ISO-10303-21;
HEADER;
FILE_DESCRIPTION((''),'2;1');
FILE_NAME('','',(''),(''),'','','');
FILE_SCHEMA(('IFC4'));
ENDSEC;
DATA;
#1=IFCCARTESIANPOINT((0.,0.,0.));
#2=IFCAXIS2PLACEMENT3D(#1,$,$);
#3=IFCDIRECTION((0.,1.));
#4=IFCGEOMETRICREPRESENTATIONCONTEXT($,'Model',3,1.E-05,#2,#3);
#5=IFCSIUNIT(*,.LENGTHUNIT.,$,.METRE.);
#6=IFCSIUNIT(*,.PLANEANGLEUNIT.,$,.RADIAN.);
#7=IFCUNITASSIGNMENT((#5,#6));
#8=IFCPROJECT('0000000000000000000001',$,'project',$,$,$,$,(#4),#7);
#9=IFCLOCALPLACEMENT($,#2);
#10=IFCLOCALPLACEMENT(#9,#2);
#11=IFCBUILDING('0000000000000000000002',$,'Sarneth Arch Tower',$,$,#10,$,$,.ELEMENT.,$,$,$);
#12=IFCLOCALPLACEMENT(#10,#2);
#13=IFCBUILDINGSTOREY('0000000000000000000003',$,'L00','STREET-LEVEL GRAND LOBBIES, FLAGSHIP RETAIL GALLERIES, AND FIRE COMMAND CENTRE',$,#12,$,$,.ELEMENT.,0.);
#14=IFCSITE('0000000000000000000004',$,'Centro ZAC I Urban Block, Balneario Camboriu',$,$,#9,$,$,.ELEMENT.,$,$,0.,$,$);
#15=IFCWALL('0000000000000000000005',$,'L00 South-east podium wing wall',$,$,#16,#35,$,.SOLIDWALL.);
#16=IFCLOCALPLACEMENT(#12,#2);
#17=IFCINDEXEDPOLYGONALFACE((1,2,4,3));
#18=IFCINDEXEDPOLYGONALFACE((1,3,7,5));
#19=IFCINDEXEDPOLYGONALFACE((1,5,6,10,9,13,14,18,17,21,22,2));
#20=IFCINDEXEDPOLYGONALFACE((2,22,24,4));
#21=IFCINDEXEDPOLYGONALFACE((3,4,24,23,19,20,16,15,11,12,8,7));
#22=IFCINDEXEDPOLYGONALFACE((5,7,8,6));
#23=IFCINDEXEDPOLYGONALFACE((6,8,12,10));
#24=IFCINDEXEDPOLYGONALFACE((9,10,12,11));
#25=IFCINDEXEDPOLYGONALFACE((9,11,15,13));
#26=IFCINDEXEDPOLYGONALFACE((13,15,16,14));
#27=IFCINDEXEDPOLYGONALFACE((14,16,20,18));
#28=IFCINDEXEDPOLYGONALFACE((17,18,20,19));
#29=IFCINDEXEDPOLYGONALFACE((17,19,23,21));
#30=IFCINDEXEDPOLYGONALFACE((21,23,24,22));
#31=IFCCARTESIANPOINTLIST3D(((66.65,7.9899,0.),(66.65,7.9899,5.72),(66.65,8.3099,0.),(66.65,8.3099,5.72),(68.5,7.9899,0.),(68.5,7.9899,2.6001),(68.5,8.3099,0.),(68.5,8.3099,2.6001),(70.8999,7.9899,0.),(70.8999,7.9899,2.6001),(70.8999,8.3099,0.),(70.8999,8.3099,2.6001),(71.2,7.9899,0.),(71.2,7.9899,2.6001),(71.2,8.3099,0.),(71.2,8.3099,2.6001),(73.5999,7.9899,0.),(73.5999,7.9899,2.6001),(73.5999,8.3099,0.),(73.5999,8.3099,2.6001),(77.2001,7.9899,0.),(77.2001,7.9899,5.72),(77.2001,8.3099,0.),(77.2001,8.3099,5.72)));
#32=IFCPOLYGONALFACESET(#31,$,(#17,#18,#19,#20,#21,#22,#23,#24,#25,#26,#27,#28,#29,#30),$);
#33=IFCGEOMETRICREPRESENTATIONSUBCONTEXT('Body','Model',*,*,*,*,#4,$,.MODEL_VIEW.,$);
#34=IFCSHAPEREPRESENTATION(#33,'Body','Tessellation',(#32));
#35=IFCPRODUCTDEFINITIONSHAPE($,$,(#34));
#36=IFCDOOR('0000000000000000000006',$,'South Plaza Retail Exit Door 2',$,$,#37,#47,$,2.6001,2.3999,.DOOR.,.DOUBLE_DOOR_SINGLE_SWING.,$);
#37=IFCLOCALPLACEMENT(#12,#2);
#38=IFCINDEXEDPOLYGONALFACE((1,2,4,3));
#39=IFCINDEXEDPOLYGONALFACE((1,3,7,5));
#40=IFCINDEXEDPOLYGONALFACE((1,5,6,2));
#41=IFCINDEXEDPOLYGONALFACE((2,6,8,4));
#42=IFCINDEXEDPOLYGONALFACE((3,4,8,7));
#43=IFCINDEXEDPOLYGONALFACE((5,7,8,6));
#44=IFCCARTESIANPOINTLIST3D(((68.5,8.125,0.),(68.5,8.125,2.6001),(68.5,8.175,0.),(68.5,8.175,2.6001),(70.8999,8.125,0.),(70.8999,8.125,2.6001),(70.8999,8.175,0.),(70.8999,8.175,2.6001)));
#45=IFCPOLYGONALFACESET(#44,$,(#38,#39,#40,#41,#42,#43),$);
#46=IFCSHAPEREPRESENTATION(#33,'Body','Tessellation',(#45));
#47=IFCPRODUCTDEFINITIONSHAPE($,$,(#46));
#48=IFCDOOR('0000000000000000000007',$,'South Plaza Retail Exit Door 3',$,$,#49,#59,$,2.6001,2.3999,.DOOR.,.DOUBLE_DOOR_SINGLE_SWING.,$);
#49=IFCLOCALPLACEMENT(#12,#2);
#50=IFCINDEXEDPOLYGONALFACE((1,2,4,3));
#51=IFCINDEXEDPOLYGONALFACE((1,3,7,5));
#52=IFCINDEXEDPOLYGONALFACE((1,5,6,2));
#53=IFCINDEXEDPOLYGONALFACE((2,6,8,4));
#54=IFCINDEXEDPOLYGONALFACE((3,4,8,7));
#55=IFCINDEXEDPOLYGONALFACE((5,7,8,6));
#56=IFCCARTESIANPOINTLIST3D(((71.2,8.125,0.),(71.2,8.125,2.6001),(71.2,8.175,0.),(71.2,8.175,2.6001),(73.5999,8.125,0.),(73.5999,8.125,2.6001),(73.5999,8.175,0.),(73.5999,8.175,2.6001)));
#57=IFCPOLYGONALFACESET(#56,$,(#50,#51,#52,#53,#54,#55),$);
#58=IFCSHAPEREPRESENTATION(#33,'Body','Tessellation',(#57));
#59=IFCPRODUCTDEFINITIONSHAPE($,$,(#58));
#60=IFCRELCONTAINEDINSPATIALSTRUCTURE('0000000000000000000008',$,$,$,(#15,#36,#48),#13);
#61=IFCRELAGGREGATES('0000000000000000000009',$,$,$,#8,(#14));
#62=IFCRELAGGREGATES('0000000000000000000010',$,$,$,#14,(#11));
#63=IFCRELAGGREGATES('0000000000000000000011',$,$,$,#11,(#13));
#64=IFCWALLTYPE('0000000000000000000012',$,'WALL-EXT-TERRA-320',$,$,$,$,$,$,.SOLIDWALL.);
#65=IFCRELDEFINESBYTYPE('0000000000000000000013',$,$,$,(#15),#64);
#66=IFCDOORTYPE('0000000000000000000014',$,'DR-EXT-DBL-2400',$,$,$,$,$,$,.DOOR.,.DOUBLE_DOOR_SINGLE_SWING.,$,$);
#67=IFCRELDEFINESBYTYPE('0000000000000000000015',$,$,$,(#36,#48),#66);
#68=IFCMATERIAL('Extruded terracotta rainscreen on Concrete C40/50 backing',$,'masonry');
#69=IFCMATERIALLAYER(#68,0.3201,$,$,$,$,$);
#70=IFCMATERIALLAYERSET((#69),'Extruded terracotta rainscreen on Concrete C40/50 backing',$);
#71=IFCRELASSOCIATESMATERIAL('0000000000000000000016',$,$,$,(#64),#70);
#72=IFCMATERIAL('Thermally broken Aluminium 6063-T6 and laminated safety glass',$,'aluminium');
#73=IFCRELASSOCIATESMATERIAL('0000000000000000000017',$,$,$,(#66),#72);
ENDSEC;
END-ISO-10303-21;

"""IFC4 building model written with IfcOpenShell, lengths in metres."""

from ifc_helpers import new_model, si_unit, direction, frame, frame_2d, origin, place, context, subcontext, project, spatial, rectangle, extrude, material, layer, layer_set, type_object, element, fill, save


model = new_model("IFC4")

# Units and contexts
model_context = context("Model", 3, precision=1e-05, world=origin(), true_north=direction((0.0, 1.0)))
body_context = subcontext(model_context, "Body", "Model", "MODEL_VIEW")
ifc_project = project(units=[si_unit("LENGTHUNIT", "METRE"), si_unit("PLANEANGLEUNIT", "RADIAN")], contexts=[model_context])

# Site, building, storey
site_placement = place(None, origin())
site = spatial("IfcSite", under=ifc_project, at=site_placement, Name="Centro ZAC I Urban Block, Balneario Camboriu", CompositionType="ELEMENT", RefElevation=0.0)
building_placement = place(site_placement, origin())
building = spatial("IfcBuilding", under=site, at=building_placement, Name="Sarneth Arch Tower", CompositionType="ELEMENT")
storey_placement = place(building_placement, origin())
storey = spatial("IfcBuildingStorey", under=building, at=storey_placement, Name="L00", Description="STREET-LEVEL GRAND LOBBIES, FLAGSHIP RETAIL GALLERIES, AND FIRE COMMAND CENTRE", CompositionType="ELEMENT", Elevation=0.0)

# Shared definitions
ifc_material_1 = material(Name="Extruded terracotta rainscreen on Concrete C40/50 backing", Category="masonry")
ifc_layer_1 = layer(ifc_material_1, 0.3201)
ifc_layer_set_1 = layer_set([ifc_layer_1], Name="Extruded terracotta rainscreen on Concrete C40/50 backing")
wall_type_1 = type_object("IfcWallType", Name="WALL-EXT-TERRA-320", PredefinedType="SOLIDWALL", material=ifc_layer_set_1)

# Wall, openings, doors
wall_1_placement = place(storey_placement, frame((77.2, 8.1499, 0.0), z_axis=(0.0, 0.0, 1.0), x_axis=(-1.0, 0.0, 0.0)))
wall_1 = element("IfcWall", 1, at=wall_1_placement, inside=storey, type_object=wall_type_1, Name="L00 South-east podium wing wall", PredefinedType="SOLIDWALL", context=body_context, shape_type="SweptSolid", body=[
    extrude(rectangle(XDim=10.55, YDim=0.3201, at=frame_2d((5.2749, 0.0))), origin(), (0.0, 0.0, 1.0), 5.72),
])
opening_1_placement = place(wall_1_placement, frame((6.3, 0.0, 0.0)))
opening_1 = element("IfcOpeningElement", 2, at=opening_1_placement, cuts=wall_1, PredefinedType="OPENING", context=body_context, shape_type="SweptSolid", body=[
    extrude(rectangle(XDim=2.3999, YDim=2.6001, at=frame_2d((1.2, 1.3))), frame((0.0, 0.1699, 0.0), z_axis=(0.0, -1.0, 0.0), x_axis=(1.0, 0.0, 0.0)), (0.0, 0.0, 1.0), 0.3401),
])
opening_2_placement = place(wall_1_placement, frame((3.6001, 0.0, 0.0)))
opening_2 = element("IfcOpeningElement", 3, at=opening_2_placement, cuts=wall_1, PredefinedType="OPENING", context=body_context, shape_type="SweptSolid", body=[
    extrude(rectangle(XDim=2.3999, YDim=2.6001, at=frame_2d((1.2, 1.3))), frame((0.0, 0.1699, 0.0), z_axis=(0.0, -1.0, 0.0), x_axis=(1.0, 0.0, 0.0)), (0.0, 0.0, 1.0), 0.3401),
])
ifc_material_2 = material(Name="Thermally broken Aluminium 6063-T6 and laminated safety glass", Category="aluminium")
door_type = type_object("IfcDoorType", Name="DR-EXT-DBL-2400", OperationType="DOUBLE_DOOR_SINGLE_SWING", PredefinedType="DOOR", material=ifc_material_2)
door_1_placement = place(opening_1_placement, origin())
door_1 = element("IfcDoor", 4, at=door_1_placement, inside=storey, type_object=door_type, Name="South Plaza Retail Exit Door 2", OperationType="DOUBLE_DOOR_SINGLE_SWING", OverallHeight=2.6001, OverallWidth=2.3999, PredefinedType="DOOR", context=body_context, shape_type="SweptSolid", body=[
    extrude(rectangle(XDim=2.3999, YDim=2.6001, at=frame_2d((1.2, 1.3))), frame((0.0, 0.0249, 0.0), z_axis=(0.0, -1.0, 0.0), x_axis=(1.0, 0.0, 0.0)), (0.0, 0.0, 1.0), 0.05),
])
fill(opening_1, door_1)
door_2_placement = place(opening_2_placement, origin())
door_2 = element("IfcDoor", 5, at=door_2_placement, inside=storey, type_object=door_type, Name="South Plaza Retail Exit Door 3", OperationType="DOUBLE_DOOR_SINGLE_SWING", OverallHeight=2.6001, OverallWidth=2.3999, PredefinedType="DOOR", context=body_context, shape_type="SweptSolid", body=[
    extrude(rectangle(XDim=2.3999, YDim=2.6001, at=frame_2d((1.2, 1.3))), frame((0.0, 0.0249, 0.0), z_axis=(0.0, -1.0, 0.0), x_axis=(1.0, 0.0, 0.0)), (0.0, 0.0, 1.0), 0.05),
])
fill(opening_2, door_2)

save(model, "model.ifc")
